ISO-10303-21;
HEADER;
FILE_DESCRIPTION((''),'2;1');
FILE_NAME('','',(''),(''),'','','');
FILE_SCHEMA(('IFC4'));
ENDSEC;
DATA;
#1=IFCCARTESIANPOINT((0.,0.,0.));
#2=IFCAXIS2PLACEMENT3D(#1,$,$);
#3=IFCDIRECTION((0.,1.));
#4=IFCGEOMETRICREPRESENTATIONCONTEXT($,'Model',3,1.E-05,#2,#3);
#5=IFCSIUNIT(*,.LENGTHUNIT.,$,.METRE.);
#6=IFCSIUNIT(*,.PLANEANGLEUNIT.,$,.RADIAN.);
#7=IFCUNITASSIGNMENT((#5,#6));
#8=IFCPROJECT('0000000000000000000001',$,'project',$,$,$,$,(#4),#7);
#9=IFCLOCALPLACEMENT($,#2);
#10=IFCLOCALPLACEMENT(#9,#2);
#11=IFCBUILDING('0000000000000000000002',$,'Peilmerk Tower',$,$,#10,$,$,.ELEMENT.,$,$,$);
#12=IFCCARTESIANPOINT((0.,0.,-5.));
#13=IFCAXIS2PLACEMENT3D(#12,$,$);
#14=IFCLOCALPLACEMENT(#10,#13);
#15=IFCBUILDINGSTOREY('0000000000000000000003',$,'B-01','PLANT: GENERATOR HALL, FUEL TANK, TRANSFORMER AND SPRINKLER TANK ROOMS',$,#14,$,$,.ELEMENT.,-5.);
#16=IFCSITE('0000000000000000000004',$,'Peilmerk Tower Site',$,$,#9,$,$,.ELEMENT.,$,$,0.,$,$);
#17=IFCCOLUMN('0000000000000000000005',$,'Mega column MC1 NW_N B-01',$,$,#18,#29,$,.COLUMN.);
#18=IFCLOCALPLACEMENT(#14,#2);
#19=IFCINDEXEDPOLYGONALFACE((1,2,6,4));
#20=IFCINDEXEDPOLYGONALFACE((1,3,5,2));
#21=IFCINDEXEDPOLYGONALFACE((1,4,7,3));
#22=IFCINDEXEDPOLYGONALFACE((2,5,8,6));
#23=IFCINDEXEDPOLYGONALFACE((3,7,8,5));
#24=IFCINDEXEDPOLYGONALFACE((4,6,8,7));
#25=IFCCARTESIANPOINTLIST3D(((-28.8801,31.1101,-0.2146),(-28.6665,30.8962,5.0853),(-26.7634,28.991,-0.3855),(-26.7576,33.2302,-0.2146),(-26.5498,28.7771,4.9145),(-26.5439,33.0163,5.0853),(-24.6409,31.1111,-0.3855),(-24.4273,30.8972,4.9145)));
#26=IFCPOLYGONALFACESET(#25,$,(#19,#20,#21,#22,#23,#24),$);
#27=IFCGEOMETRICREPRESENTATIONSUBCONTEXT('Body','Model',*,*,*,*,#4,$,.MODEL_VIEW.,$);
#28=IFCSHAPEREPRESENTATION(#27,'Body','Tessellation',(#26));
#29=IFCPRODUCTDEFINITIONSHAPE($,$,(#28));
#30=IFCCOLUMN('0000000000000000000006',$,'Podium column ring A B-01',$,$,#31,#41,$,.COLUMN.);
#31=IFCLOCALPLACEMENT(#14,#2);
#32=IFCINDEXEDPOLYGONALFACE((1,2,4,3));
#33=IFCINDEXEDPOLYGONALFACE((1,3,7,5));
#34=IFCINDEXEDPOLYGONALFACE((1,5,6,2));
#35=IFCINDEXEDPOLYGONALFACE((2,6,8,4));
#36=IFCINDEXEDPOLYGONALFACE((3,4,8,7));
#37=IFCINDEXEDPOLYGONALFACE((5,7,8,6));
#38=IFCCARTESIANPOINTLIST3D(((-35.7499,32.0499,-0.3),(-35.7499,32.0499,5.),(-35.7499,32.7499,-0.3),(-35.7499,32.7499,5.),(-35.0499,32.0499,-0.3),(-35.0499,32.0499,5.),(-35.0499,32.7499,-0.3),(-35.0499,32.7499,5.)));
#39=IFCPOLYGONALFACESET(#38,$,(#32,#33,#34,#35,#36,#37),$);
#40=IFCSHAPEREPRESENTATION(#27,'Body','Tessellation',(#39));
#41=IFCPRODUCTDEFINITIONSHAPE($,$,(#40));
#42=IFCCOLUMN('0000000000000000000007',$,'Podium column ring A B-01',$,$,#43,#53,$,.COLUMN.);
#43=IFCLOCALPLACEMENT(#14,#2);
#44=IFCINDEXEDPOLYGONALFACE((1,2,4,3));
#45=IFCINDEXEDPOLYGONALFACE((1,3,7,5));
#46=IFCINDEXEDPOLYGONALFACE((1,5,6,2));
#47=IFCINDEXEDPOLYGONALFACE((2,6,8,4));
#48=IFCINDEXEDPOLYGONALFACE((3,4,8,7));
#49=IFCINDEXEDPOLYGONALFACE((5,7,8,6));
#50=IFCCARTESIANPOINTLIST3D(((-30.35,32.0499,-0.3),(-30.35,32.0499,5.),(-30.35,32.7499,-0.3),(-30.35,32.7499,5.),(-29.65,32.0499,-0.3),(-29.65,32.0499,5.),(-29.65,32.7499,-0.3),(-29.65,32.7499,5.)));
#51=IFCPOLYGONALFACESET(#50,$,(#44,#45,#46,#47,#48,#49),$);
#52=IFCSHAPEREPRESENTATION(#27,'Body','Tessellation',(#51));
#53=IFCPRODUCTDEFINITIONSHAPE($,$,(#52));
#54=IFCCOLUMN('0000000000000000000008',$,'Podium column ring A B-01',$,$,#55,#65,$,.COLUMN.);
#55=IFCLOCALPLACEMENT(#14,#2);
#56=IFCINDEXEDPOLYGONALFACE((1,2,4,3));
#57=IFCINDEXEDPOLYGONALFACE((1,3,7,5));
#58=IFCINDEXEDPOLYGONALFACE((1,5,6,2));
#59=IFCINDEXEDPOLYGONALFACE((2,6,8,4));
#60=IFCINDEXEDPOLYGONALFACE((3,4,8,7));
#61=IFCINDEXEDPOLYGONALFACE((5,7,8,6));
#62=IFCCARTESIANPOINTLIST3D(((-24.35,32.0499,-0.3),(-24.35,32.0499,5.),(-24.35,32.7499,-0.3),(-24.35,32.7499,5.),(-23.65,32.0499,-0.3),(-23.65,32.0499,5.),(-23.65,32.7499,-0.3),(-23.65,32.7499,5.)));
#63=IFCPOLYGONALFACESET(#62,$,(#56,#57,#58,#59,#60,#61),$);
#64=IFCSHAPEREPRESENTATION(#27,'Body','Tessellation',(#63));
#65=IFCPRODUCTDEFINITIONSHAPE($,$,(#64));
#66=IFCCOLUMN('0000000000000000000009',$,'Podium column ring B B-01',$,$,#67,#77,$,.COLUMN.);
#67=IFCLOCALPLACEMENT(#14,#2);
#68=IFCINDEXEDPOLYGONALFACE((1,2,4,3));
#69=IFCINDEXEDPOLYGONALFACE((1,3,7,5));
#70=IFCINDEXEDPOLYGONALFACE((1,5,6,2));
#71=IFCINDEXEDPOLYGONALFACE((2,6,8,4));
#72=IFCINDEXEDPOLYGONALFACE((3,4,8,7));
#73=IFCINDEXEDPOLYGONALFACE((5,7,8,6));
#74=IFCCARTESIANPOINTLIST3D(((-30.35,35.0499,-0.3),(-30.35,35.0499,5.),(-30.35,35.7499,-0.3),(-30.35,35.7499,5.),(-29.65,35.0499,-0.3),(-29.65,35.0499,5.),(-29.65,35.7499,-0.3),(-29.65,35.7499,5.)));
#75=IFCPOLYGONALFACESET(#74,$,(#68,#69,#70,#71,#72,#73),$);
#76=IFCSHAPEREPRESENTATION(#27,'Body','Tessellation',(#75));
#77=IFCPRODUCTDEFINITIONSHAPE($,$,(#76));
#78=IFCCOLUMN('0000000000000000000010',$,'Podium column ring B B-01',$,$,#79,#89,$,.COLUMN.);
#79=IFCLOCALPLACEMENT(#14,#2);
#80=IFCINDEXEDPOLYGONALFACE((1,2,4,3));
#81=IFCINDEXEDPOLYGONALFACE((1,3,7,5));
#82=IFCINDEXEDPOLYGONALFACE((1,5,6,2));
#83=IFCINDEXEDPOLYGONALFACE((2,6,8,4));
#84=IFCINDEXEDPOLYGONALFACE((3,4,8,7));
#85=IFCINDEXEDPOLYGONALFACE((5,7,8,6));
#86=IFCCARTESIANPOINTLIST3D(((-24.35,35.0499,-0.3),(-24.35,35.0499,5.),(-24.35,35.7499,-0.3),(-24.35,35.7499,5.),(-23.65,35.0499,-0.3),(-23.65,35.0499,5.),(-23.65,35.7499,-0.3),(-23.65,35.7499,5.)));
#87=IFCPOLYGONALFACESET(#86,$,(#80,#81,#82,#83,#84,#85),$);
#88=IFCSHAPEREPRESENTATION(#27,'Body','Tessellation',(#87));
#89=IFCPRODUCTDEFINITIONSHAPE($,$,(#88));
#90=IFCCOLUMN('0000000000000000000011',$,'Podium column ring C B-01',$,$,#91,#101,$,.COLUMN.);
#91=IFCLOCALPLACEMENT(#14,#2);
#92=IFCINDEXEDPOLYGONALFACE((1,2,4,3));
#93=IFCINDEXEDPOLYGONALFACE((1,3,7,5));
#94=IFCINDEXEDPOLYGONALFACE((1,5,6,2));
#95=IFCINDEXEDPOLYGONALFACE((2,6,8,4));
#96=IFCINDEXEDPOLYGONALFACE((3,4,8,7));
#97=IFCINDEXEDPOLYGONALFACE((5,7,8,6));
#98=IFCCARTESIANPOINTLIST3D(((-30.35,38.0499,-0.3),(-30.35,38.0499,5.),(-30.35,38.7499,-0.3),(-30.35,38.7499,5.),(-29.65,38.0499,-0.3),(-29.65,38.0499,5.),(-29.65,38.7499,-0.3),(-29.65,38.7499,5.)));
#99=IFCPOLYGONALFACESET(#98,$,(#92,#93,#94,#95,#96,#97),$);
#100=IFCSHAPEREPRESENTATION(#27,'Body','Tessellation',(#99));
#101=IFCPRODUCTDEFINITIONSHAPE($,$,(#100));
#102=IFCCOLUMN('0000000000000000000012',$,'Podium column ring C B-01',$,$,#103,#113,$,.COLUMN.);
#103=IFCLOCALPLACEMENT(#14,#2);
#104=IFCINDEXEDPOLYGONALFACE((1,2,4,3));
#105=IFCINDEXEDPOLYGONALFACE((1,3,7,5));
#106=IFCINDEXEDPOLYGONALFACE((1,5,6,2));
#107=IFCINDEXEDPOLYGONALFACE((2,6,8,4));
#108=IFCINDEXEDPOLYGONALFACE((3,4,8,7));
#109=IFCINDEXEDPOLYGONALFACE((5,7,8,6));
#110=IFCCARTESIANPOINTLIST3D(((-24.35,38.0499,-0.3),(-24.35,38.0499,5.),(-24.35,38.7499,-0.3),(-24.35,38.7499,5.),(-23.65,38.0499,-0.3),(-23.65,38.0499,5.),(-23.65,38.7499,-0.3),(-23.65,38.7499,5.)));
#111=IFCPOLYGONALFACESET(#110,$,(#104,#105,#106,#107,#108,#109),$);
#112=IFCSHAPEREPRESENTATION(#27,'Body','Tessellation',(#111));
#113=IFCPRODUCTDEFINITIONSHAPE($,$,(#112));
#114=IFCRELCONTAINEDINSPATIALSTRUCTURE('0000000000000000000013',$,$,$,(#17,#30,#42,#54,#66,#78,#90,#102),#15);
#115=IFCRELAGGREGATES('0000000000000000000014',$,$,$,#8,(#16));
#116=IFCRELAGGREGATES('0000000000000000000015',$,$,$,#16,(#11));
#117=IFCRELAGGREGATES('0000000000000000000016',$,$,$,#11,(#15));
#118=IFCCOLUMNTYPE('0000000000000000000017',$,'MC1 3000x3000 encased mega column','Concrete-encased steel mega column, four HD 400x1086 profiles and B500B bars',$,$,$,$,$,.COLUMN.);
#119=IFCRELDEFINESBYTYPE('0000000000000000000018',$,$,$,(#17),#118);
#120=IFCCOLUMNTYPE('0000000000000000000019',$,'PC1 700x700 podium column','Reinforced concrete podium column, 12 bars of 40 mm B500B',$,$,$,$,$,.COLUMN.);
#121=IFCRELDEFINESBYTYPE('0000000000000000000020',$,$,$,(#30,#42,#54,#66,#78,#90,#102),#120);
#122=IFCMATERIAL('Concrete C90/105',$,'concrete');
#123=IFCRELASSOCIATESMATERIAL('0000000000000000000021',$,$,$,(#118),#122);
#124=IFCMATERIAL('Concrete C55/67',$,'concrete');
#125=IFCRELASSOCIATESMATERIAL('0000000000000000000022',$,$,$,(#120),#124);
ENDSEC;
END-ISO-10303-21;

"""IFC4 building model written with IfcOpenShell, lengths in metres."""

from ifc_helpers import new_model, si_unit, direction, frame, origin, origin_2d, place, context, subcontext, project, spatial, rectangle, extrude, material, material_profile, profile_set, type_object, element, save


model = new_model("IFC4")

# Units and contexts
model_context = context("Model", 3, precision=1e-05, world=origin(), true_north=direction((0.0, 1.0)))
body_context = subcontext(model_context, "Body", "Model", "MODEL_VIEW")
ifc_project = project(units=[si_unit("LENGTHUNIT", "METRE"), si_unit("PLANEANGLEUNIT", "RADIAN")], contexts=[model_context])

# Site, building, storey
site_placement = place(None, origin())
site = spatial("IfcSite", under=ifc_project, at=site_placement, Name="Peilmerk Tower Site", CompositionType="ELEMENT", RefElevation=0.0)
building_placement = place(site_placement, origin())
building = spatial("IfcBuilding", under=site, at=building_placement, Name="Peilmerk Tower", CompositionType="ELEMENT")
storey_placement = place(building_placement, frame((0.0, 0.0, -5.0)))
storey = spatial("IfcBuildingStorey", under=building, at=storey_placement, Name="B-01", Description="PLANT: GENERATOR HALL, FUEL TANK, TRANSFORMER AND SPRINKLER TANK ROOMS", CompositionType="ELEMENT", Elevation=-5.0)

# Columns
ifc_material_1 = material(Name="Concrete C90/105", Category="concrete")
ifc_material_profile_1 = material_profile(ifc_material_1, rectangle(XDim=3.0, YDim=3.0, at=origin_2d()), Name="RC 3000x3000")
ifc_profile_set_1 = profile_set([ifc_material_profile_1], Name="Concrete C90/105")
column_type_1 = type_object("IfcColumnType", Name="MC1 3000x3000 encased mega column", Description="Concrete-encased steel mega column, four HD 400x1086 profiles and B500B bars", PredefinedType="COLUMN", material=ifc_profile_set_1)
for number, where, z_axis, x_axis, name in (
    (1, (-26.7605, 31.1106, -0.3), (0.04024, -0.040286, 0.998378), (0.70751, 0.706703, 0.0), "Mega column MC1 NW_N B-01"),
):
    element("IfcColumn", number, at=place(storey_placement, frame(where, z_axis=z_axis, x_axis=x_axis)), inside=storey, type_object=column_type_1, Name=name, PredefinedType="COLUMN", context=body_context, shape_type="SweptSolid", body=[
        extrude(rectangle(XDim=3.0, YDim=3.0, at=origin_2d()), origin(), (0.0, 0.0, 1.0), 5.3086),
    ])
ifc_material_2 = material(Name="Concrete C55/67", Category="concrete")
ifc_material_profile_2 = material_profile(ifc_material_2, rectangle(XDim=0.7, YDim=0.7, at=origin_2d()), Name="RC 700x700")
ifc_profile_set_2 = profile_set([ifc_material_profile_2], Name="Concrete C55/67")
column_type_2 = type_object("IfcColumnType", Name="PC1 700x700 podium column", Description="Reinforced concrete podium column, 12 bars of 40 mm B500B", PredefinedType="COLUMN", material=ifc_profile_set_2)
for number, where, z_axis, x_axis, name in (
    (2, (-35.3999, 32.3999, -0.3), (0.0, 0.0, 1.0), (1.0, 0.0, 0.0), "Podium column ring A B-01"),
    (3, (-30.0, 32.3999, -0.3), (0.0, 0.0, 1.0), (1.0, 0.0, 0.0), "Podium column ring A B-01"),
    (4, (-24.0, 32.3999, -0.3), (0.0, 0.0, 1.0), (1.0, 0.0, 0.0), "Podium column ring A B-01"),
    (5, (-30.0, 35.3999, -0.3), (0.0, 0.0, 1.0), (1.0, 0.0, 0.0), "Podium column ring B B-01"),
    (6, (-24.0, 35.3999, -0.3), (0.0, 0.0, 1.0), (1.0, 0.0, 0.0), "Podium column ring B B-01"),
    (7, (-30.0, 38.3999, -0.3), (0.0, 0.0, 1.0), (1.0, 0.0, 0.0), "Podium column ring C B-01"),
    (8, (-24.0, 38.3999, -0.3), (0.0, 0.0, 1.0), (1.0, 0.0, 0.0), "Podium column ring C B-01"),
):
    element("IfcColumn", number, at=place(storey_placement, frame(where, z_axis=z_axis, x_axis=x_axis)), inside=storey, type_object=column_type_2, Name=name, PredefinedType="COLUMN", context=body_context, shape_type="SweptSolid", body=[
        extrude(rectangle(XDim=0.7, YDim=0.7, at=origin_2d()), origin(), (0.0, 0.0, 1.0), 5.3),
    ])

save(model, "model.ifc")
